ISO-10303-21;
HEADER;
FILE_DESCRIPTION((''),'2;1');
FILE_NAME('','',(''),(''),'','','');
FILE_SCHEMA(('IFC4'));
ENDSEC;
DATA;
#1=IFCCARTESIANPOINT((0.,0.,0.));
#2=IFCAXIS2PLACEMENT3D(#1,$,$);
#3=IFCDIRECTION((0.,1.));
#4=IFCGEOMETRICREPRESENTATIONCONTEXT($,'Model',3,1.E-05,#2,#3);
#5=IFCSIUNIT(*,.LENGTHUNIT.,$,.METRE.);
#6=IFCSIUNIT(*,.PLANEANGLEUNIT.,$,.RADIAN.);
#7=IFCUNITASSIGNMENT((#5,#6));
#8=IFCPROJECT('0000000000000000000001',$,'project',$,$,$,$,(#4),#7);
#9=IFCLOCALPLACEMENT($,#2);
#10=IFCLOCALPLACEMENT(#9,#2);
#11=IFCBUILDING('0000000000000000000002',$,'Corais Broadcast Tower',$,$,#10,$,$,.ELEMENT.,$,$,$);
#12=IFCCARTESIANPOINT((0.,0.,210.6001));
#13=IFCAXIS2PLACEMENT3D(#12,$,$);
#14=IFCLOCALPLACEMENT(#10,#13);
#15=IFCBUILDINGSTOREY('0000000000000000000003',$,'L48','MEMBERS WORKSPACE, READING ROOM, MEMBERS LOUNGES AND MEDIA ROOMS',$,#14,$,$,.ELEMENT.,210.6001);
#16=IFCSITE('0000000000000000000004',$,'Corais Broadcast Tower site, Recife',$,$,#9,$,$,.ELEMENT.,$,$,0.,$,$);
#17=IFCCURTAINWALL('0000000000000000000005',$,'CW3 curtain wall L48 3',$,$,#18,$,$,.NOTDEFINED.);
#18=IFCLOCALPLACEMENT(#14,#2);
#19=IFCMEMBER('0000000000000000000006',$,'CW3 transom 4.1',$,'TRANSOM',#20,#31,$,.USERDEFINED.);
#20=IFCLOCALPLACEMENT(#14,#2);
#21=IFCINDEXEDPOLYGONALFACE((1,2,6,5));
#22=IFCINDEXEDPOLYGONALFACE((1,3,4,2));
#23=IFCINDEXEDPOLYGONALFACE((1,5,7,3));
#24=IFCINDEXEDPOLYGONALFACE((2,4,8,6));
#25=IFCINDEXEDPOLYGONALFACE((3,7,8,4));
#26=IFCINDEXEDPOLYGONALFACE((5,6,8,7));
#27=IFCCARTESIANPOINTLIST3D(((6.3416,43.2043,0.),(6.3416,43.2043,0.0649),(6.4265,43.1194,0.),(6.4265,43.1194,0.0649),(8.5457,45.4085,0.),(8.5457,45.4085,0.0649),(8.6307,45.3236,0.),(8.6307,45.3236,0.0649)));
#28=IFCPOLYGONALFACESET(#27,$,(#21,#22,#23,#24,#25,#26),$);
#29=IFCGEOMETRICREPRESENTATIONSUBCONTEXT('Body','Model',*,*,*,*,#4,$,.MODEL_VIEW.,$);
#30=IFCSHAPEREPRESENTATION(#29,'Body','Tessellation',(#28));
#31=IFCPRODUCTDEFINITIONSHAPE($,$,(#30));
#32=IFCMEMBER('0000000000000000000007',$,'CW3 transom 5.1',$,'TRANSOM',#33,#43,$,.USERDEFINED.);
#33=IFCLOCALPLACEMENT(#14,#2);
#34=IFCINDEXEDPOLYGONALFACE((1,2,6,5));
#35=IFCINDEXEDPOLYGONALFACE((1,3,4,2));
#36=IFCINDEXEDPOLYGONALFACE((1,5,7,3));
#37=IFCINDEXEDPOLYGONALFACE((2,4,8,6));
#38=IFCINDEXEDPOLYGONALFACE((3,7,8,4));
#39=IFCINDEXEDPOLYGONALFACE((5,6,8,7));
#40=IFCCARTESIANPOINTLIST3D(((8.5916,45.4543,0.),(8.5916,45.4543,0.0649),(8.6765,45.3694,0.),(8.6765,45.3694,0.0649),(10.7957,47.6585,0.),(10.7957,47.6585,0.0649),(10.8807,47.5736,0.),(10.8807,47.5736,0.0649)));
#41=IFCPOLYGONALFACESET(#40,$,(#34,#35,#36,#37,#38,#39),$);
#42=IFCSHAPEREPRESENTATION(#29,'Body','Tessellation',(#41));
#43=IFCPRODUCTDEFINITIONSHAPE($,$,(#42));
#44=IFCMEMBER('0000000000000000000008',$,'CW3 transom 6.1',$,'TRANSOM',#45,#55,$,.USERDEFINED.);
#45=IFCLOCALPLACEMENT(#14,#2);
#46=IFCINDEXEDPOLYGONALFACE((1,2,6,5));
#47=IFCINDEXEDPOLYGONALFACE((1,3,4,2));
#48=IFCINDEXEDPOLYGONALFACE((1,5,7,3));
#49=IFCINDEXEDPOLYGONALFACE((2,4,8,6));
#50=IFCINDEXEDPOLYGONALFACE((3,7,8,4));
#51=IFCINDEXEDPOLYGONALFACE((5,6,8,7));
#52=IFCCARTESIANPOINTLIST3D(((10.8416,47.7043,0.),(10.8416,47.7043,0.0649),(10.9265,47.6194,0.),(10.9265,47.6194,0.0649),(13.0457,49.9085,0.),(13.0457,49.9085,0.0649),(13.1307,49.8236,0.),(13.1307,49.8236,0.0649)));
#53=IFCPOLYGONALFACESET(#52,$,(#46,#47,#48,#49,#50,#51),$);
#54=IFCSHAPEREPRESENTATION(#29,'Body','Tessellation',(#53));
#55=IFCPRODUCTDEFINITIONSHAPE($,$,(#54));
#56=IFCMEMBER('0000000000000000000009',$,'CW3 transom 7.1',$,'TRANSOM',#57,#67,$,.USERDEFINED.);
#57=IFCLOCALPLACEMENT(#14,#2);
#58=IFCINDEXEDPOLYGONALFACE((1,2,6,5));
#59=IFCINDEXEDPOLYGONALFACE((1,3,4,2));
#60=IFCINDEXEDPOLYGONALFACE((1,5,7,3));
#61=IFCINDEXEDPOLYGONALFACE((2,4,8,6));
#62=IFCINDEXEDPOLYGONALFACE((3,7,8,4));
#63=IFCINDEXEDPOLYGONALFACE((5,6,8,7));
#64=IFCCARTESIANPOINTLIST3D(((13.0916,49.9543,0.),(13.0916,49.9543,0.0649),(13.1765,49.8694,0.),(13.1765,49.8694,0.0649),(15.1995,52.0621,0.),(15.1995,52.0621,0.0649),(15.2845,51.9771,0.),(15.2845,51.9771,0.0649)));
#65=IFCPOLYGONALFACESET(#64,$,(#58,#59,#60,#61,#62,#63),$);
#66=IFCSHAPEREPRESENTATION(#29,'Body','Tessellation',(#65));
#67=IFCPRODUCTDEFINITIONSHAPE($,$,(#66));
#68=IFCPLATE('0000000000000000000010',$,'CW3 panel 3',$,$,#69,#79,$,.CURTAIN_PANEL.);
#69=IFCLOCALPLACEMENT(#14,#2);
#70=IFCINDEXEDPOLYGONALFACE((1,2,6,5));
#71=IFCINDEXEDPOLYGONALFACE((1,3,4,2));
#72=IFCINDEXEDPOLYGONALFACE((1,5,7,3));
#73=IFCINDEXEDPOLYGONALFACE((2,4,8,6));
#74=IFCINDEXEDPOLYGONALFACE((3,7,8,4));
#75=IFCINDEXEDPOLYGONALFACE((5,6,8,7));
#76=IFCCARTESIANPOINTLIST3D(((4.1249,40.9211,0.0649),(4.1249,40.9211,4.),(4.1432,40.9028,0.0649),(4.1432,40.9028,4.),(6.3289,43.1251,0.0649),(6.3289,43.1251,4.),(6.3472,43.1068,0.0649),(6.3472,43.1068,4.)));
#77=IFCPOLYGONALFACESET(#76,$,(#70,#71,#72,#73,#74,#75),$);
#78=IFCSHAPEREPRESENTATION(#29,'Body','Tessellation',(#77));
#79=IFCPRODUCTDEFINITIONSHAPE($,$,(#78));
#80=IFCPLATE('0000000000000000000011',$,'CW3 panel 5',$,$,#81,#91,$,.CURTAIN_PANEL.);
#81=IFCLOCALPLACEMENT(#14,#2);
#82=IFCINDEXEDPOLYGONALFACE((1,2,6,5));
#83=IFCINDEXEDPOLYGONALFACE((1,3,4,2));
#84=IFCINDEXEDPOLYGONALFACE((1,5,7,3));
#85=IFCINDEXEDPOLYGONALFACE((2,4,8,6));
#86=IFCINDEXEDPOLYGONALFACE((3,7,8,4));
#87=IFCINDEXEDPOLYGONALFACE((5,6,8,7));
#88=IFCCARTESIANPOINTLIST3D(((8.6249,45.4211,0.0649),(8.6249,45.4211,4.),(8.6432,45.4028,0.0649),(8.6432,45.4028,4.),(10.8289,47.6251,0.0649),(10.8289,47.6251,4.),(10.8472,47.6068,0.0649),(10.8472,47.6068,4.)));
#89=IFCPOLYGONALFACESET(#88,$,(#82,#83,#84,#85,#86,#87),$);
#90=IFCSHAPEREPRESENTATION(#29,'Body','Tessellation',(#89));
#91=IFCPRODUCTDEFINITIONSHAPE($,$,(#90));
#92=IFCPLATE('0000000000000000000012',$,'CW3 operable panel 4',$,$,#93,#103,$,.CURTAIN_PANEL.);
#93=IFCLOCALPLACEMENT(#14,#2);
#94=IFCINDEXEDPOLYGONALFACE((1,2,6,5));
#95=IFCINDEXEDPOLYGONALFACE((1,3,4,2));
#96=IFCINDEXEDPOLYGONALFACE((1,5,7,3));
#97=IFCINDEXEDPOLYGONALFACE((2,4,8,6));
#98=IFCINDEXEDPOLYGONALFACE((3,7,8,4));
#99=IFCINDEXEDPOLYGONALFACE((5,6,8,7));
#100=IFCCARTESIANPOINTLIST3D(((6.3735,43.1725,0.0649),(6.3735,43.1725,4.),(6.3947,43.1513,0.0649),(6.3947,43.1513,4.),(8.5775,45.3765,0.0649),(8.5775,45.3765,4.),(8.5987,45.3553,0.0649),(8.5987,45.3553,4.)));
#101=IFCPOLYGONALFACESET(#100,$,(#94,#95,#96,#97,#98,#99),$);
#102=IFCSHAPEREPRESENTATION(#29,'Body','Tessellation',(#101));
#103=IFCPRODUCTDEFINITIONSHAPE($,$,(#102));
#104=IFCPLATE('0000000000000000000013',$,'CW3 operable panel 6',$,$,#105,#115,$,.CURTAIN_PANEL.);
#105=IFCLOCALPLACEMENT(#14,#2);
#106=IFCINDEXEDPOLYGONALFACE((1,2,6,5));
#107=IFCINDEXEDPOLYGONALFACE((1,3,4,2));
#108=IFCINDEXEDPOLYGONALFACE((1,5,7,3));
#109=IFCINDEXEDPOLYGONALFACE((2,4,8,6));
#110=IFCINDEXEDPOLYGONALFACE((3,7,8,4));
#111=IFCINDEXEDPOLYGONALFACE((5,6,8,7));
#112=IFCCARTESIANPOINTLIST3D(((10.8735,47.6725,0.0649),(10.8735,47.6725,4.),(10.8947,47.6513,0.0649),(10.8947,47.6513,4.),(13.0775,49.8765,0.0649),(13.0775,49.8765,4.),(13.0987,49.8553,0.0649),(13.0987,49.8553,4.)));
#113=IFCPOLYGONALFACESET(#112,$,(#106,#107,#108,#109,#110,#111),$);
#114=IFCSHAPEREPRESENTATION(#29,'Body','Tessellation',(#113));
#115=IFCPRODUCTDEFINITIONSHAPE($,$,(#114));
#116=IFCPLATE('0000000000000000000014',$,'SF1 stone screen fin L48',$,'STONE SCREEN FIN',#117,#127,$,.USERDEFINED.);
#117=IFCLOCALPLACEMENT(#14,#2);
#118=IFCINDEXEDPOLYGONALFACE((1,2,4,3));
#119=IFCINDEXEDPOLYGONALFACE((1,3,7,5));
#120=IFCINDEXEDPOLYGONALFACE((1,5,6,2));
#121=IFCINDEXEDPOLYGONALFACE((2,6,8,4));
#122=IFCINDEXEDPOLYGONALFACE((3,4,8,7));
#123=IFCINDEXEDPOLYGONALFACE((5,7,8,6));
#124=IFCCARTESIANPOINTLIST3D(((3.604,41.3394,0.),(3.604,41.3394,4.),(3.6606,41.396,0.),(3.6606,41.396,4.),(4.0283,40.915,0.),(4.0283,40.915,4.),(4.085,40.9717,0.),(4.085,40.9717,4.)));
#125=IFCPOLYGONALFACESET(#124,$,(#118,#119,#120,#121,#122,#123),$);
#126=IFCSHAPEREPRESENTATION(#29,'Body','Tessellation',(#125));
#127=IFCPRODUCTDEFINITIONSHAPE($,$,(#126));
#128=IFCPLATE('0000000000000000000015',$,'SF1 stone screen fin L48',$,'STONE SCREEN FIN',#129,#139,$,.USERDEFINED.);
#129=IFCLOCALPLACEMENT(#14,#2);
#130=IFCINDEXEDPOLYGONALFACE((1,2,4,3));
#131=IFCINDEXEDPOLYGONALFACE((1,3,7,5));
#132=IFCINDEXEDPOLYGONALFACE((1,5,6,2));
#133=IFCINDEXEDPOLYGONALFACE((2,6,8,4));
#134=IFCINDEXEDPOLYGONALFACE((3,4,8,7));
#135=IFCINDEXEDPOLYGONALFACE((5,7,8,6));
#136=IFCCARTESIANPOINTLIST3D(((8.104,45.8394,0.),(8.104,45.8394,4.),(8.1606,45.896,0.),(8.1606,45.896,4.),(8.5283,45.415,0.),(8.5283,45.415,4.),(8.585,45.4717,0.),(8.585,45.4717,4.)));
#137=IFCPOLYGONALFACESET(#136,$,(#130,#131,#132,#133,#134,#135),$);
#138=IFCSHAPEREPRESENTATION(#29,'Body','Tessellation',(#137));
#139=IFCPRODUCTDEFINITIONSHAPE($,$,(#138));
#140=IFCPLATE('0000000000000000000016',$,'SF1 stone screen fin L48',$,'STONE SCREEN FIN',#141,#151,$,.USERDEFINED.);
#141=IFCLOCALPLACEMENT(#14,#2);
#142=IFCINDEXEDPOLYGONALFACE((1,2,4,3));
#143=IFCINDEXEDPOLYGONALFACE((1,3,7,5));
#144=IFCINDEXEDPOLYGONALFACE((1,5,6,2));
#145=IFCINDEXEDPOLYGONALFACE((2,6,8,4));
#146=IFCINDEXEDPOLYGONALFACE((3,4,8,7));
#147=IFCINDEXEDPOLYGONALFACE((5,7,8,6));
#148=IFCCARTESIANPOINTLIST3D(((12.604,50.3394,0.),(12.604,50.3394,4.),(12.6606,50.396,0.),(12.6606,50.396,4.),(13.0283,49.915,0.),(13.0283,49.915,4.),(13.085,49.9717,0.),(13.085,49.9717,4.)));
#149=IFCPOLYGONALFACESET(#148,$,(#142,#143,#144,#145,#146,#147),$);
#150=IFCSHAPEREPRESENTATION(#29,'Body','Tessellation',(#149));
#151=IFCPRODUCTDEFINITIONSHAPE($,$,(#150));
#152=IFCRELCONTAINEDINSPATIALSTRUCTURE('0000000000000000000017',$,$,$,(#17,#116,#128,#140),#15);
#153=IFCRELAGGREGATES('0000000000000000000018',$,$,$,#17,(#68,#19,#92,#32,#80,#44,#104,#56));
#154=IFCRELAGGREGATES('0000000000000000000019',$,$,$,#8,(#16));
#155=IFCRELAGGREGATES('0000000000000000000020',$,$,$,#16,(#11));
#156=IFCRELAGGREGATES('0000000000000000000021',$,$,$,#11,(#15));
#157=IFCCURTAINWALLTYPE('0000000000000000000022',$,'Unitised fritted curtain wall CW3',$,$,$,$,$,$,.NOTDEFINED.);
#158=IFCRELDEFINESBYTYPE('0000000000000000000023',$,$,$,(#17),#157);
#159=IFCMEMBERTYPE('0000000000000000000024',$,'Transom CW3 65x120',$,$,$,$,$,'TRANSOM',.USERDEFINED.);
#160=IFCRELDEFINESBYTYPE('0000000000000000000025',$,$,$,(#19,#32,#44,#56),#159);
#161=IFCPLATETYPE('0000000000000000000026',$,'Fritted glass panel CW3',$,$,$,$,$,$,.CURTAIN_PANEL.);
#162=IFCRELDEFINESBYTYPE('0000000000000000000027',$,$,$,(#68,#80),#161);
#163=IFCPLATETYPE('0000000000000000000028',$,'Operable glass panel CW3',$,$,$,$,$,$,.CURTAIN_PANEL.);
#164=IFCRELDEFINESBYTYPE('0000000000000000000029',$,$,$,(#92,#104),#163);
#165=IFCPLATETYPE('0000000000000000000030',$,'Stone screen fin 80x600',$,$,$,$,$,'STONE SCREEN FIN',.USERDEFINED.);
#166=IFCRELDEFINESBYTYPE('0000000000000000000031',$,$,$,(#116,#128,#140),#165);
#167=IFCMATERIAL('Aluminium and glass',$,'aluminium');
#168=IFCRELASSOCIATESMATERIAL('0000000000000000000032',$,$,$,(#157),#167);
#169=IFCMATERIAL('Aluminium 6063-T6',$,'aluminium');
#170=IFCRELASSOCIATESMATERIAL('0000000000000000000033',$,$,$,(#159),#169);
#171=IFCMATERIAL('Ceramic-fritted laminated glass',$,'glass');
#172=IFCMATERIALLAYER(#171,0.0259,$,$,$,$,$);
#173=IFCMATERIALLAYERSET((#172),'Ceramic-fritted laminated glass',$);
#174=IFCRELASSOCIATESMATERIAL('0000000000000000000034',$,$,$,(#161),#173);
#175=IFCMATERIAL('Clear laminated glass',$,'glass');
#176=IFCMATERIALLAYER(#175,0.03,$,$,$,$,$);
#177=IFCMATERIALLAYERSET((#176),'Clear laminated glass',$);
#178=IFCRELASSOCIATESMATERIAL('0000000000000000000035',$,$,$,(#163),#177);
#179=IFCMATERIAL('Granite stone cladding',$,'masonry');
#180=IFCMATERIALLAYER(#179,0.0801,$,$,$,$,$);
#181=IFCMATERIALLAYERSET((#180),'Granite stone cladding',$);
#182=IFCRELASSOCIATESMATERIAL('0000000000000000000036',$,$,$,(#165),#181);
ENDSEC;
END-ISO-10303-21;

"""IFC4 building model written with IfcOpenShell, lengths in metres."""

from ifc_helpers import new_model, si_unit, direction, frame, origin, origin_2d, place, context, subcontext, project, spatial, rectangle, extrude, material, layer, layer_set, material_profile, profile_set, type_object, element, aggregate, save


model = new_model("IFC4")

# Units and contexts
model_context = context("Model", 3, precision=1e-05, world=origin(), true_north=direction((0.0, 1.0)))
body_context = subcontext(model_context, "Body", "Model", "MODEL_VIEW")
ifc_project = project(units=[si_unit("LENGTHUNIT", "METRE"), si_unit("PLANEANGLEUNIT", "RADIAN")], contexts=[model_context])

# Site, building, storey
site_placement = place(None, origin())
site = spatial("IfcSite", under=ifc_project, at=site_placement, Name="Corais Broadcast Tower site, Recife", CompositionType="ELEMENT", RefElevation=0.0)
building_placement = place(site_placement, origin())
building = spatial("IfcBuilding", under=site, at=building_placement, Name="Corais Broadcast Tower", CompositionType="ELEMENT")
storey_placement = place(building_placement, frame((0.0, 0.0, 210.6001)))
storey = spatial("IfcBuildingStorey", under=building, at=storey_placement, Name="L48", Description="MEMBERS WORKSPACE, READING ROOM, MEMBERS LOUNGES AND MEDIA ROOMS", CompositionType="ELEMENT", Elevation=210.6001)

# Curtain wall
ifc_material_1 = material(Name="Aluminium and glass", Category="aluminium")
curtain_wall_type = type_object("IfcCurtainWallType", Name="Unitised fritted curtain wall CW3", PredefinedType="NOTDEFINED", material=ifc_material_1)
curtain_wall_placement = place(storey_placement, origin())
curtain_wall = element("IfcCurtainWall", 1, at=curtain_wall_placement, inside=storey, type_object=curtain_wall_type, Name="CW3 curtain wall L48 3", PredefinedType="NOTDEFINED")

# Members
ifc_material_2 = material(Name="Aluminium 6063-T6", Category="aluminium")
ifc_material_profile_1 = material_profile(ifc_material_2, rectangle(XDim=0.1201, YDim=0.0649, at=origin_2d()), Name="Transom CW3 65x120")
ifc_profile_set_1 = profile_set([ifc_material_profile_1], Name="Aluminium 6063-T6")
member_type_1 = type_object("IfcMemberType", Name="Transom CW3 65x120", ElementType="TRANSOM", PredefinedType="USERDEFINED", material=ifc_profile_set_1)
member_1_placement = place(storey_placement, frame((6.384, 43.1619, 0.0325), z_axis=(0.707107, 0.707107, 0.0), x_axis=(-0.707107, 0.707107, 0.0)))
member_1 = element("IfcMember", 2, at=member_1_placement, type_object=member_type_1, Name="CW3 transom 4.1", ObjectType="TRANSOM", PredefinedType="USERDEFINED", context=body_context, shape_type="SweptSolid", body=[
    extrude(rectangle(XDim=0.1201, YDim=0.0649, at=origin_2d()), origin(), (0.0, 0.0, 1.0), 3.1172),
])
member_2_placement = place(storey_placement, frame((8.634, 45.4119, 0.0325), z_axis=(0.707107, 0.707107, 0.0), x_axis=(-0.707107, 0.707107, 0.0)))
member_2 = element("IfcMember", 3, at=member_2_placement, type_object=member_type_1, Name="CW3 transom 5.1", ObjectType="TRANSOM", PredefinedType="USERDEFINED", context=body_context, shape_type="SweptSolid", body=[
    extrude(rectangle(XDim=0.1201, YDim=0.0649, at=origin_2d()), origin(), (0.0, 0.0, 1.0), 3.1172),
])
member_3_placement = place(storey_placement, frame((10.884, 47.6619, 0.0325), z_axis=(0.707107, 0.707107, 0.0), x_axis=(-0.707107, 0.707107, 0.0)))
member_3 = element("IfcMember", 4, at=member_3_placement, type_object=member_type_1, Name="CW3 transom 6.1", ObjectType="TRANSOM", PredefinedType="USERDEFINED", context=body_context, shape_type="SweptSolid", body=[
    extrude(rectangle(XDim=0.1201, YDim=0.0649, at=origin_2d()), origin(), (0.0, 0.0, 1.0), 3.1172),
])
member_4_placement = place(storey_placement, frame((13.134, 49.9119, 0.0325), z_axis=(0.707148, 0.707066, 0.0), x_axis=(-0.707066, 0.707148, 0.0)))
member_4 = element("IfcMember", 5, at=member_4_placement, type_object=member_type_1, Name="CW3 transom 7.1", ObjectType="TRANSOM", PredefinedType="USERDEFINED", context=body_context, shape_type="SweptSolid", body=[
    extrude(rectangle(XDim=0.1201, YDim=0.0649, at=origin_2d()), origin(), (0.0, 0.0, 1.0), 2.981),
])

# Plates
ifc_material_3 = material(Name="Ceramic-fritted laminated glass", Category="glass")
ifc_layer_1 = layer(ifc_material_3, 0.0259)
ifc_layer_set_1 = layer_set([ifc_layer_1], Name="Ceramic-fritted laminated glass")
plate_type_1 = type_object("IfcPlateType", Name="Fritted glass panel CW3", PredefinedType="CURTAIN_PANEL", material=ifc_layer_set_1)
plate_1_placement = place(storey_placement, frame((5.2361, 42.0139, 0.0649), z_axis=(0.0, 0.0, 1.0), x_axis=(0.707107, 0.707107, 0.0)))
plate_1 = element("IfcPlate", 6, at=plate_1_placement, type_object=plate_type_1, Name="CW3 panel 3", PredefinedType="CURTAIN_PANEL", context=body_context, shape_type="SweptSolid", body=[
    extrude(rectangle(XDim=3.1169, YDim=0.0259, at=origin_2d()), origin(), (0.0, 0.0, 1.0), 3.9351),
])
plate_2_placement = place(storey_placement, frame((9.7361, 46.5139, 0.0649), z_axis=(0.0, 0.0, 1.0), x_axis=(0.707107, 0.707107, 0.0)))
plate_2 = element("IfcPlate", 7, at=plate_2_placement, type_object=plate_type_1, Name="CW3 panel 5", PredefinedType="CURTAIN_PANEL", context=body_context, shape_type="SweptSolid", body=[
    extrude(rectangle(XDim=3.1169, YDim=0.0259, at=origin_2d()), origin(), (0.0, 0.0, 1.0), 3.9351),
])
ifc_material_4 = material(Name="Clear laminated glass", Category="glass")
ifc_layer_2 = layer(ifc_material_4, 0.03)
ifc_layer_set_2 = layer_set([ifc_layer_2], Name="Clear laminated glass")
plate_type_2 = type_object("IfcPlateType", Name="Operable glass panel CW3", PredefinedType="CURTAIN_PANEL", material=ifc_layer_set_2)
plate_3_placement = place(storey_placement, frame((7.4861, 44.2639, 0.0649), z_axis=(0.0, 0.0, 1.0), x_axis=(0.707107, 0.707107, 0.0)))
plate_3 = element("IfcPlate", 8, at=plate_3_placement, type_object=plate_type_2, Name="CW3 operable panel 4", PredefinedType="CURTAIN_PANEL", context=body_context, shape_type="SweptSolid", body=[
    extrude(rectangle(XDim=3.1169, YDim=0.03, at=origin_2d()), origin(), (0.0, 0.0, 1.0), 3.9351),
])
plate_4_placement = place(storey_placement, frame((11.9861, 48.7639, 0.0649), z_axis=(0.0, 0.0, 1.0), x_axis=(0.707107, 0.707107, 0.0)))
plate_4 = element("IfcPlate", 9, at=plate_4_placement, type_object=plate_type_2, Name="CW3 operable panel 6", PredefinedType="CURTAIN_PANEL", context=body_context, shape_type="SweptSolid", body=[
    extrude(rectangle(XDim=3.1169, YDim=0.03, at=origin_2d()), origin(), (0.0, 0.0, 1.0), 3.9351),
])
aggregate(curtain_wall, [plate_1, member_1, plate_3, member_2, plate_2, member_3, plate_4, member_4])

# Plates
ifc_material_5 = material(Name="Granite stone cladding", Category="masonry")
ifc_layer_3 = layer(ifc_material_5, 0.0801)
ifc_layer_set_3 = layer_set([ifc_layer_3], Name="Granite stone cladding")
plate_type_3 = type_object("IfcPlateType", Name="Stone screen fin 80x600", ElementType="STONE SCREEN FIN", PredefinedType="USERDEFINED", material=ifc_layer_set_3)
for number, where, z_axis, x_axis, name in (
    (10, (3.8445, 41.1555, 0.0), (0.0, 0.0, 1.0), (0.707107, 0.707107, 0.0), "SF1 stone screen fin L48"),
    (11, (8.3445, 45.6555, 0.0), (0.0, 0.0, 1.0), (0.707107, 0.707107, 0.0), "SF1 stone screen fin L48"),
    (12, (12.8445, 50.1555, 0.0), (0.0, 0.0, 1.0), (0.707107, 0.707107, 0.0), "SF1 stone screen fin L48"),
):
    element("IfcPlate", number, at=place(storey_placement, frame(where, z_axis=z_axis, x_axis=x_axis)), inside=storey, type_object=plate_type_3, Name=name, ObjectType="STONE SCREEN FIN", PredefinedType="USERDEFINED", context=body_context, shape_type="SweptSolid", body=[
        extrude(rectangle(XDim=0.0801, YDim=0.6001, at=origin_2d()), origin(), (0.0, 0.0, 1.0), 4.0),
    ])

save(model, "model.ifc")
